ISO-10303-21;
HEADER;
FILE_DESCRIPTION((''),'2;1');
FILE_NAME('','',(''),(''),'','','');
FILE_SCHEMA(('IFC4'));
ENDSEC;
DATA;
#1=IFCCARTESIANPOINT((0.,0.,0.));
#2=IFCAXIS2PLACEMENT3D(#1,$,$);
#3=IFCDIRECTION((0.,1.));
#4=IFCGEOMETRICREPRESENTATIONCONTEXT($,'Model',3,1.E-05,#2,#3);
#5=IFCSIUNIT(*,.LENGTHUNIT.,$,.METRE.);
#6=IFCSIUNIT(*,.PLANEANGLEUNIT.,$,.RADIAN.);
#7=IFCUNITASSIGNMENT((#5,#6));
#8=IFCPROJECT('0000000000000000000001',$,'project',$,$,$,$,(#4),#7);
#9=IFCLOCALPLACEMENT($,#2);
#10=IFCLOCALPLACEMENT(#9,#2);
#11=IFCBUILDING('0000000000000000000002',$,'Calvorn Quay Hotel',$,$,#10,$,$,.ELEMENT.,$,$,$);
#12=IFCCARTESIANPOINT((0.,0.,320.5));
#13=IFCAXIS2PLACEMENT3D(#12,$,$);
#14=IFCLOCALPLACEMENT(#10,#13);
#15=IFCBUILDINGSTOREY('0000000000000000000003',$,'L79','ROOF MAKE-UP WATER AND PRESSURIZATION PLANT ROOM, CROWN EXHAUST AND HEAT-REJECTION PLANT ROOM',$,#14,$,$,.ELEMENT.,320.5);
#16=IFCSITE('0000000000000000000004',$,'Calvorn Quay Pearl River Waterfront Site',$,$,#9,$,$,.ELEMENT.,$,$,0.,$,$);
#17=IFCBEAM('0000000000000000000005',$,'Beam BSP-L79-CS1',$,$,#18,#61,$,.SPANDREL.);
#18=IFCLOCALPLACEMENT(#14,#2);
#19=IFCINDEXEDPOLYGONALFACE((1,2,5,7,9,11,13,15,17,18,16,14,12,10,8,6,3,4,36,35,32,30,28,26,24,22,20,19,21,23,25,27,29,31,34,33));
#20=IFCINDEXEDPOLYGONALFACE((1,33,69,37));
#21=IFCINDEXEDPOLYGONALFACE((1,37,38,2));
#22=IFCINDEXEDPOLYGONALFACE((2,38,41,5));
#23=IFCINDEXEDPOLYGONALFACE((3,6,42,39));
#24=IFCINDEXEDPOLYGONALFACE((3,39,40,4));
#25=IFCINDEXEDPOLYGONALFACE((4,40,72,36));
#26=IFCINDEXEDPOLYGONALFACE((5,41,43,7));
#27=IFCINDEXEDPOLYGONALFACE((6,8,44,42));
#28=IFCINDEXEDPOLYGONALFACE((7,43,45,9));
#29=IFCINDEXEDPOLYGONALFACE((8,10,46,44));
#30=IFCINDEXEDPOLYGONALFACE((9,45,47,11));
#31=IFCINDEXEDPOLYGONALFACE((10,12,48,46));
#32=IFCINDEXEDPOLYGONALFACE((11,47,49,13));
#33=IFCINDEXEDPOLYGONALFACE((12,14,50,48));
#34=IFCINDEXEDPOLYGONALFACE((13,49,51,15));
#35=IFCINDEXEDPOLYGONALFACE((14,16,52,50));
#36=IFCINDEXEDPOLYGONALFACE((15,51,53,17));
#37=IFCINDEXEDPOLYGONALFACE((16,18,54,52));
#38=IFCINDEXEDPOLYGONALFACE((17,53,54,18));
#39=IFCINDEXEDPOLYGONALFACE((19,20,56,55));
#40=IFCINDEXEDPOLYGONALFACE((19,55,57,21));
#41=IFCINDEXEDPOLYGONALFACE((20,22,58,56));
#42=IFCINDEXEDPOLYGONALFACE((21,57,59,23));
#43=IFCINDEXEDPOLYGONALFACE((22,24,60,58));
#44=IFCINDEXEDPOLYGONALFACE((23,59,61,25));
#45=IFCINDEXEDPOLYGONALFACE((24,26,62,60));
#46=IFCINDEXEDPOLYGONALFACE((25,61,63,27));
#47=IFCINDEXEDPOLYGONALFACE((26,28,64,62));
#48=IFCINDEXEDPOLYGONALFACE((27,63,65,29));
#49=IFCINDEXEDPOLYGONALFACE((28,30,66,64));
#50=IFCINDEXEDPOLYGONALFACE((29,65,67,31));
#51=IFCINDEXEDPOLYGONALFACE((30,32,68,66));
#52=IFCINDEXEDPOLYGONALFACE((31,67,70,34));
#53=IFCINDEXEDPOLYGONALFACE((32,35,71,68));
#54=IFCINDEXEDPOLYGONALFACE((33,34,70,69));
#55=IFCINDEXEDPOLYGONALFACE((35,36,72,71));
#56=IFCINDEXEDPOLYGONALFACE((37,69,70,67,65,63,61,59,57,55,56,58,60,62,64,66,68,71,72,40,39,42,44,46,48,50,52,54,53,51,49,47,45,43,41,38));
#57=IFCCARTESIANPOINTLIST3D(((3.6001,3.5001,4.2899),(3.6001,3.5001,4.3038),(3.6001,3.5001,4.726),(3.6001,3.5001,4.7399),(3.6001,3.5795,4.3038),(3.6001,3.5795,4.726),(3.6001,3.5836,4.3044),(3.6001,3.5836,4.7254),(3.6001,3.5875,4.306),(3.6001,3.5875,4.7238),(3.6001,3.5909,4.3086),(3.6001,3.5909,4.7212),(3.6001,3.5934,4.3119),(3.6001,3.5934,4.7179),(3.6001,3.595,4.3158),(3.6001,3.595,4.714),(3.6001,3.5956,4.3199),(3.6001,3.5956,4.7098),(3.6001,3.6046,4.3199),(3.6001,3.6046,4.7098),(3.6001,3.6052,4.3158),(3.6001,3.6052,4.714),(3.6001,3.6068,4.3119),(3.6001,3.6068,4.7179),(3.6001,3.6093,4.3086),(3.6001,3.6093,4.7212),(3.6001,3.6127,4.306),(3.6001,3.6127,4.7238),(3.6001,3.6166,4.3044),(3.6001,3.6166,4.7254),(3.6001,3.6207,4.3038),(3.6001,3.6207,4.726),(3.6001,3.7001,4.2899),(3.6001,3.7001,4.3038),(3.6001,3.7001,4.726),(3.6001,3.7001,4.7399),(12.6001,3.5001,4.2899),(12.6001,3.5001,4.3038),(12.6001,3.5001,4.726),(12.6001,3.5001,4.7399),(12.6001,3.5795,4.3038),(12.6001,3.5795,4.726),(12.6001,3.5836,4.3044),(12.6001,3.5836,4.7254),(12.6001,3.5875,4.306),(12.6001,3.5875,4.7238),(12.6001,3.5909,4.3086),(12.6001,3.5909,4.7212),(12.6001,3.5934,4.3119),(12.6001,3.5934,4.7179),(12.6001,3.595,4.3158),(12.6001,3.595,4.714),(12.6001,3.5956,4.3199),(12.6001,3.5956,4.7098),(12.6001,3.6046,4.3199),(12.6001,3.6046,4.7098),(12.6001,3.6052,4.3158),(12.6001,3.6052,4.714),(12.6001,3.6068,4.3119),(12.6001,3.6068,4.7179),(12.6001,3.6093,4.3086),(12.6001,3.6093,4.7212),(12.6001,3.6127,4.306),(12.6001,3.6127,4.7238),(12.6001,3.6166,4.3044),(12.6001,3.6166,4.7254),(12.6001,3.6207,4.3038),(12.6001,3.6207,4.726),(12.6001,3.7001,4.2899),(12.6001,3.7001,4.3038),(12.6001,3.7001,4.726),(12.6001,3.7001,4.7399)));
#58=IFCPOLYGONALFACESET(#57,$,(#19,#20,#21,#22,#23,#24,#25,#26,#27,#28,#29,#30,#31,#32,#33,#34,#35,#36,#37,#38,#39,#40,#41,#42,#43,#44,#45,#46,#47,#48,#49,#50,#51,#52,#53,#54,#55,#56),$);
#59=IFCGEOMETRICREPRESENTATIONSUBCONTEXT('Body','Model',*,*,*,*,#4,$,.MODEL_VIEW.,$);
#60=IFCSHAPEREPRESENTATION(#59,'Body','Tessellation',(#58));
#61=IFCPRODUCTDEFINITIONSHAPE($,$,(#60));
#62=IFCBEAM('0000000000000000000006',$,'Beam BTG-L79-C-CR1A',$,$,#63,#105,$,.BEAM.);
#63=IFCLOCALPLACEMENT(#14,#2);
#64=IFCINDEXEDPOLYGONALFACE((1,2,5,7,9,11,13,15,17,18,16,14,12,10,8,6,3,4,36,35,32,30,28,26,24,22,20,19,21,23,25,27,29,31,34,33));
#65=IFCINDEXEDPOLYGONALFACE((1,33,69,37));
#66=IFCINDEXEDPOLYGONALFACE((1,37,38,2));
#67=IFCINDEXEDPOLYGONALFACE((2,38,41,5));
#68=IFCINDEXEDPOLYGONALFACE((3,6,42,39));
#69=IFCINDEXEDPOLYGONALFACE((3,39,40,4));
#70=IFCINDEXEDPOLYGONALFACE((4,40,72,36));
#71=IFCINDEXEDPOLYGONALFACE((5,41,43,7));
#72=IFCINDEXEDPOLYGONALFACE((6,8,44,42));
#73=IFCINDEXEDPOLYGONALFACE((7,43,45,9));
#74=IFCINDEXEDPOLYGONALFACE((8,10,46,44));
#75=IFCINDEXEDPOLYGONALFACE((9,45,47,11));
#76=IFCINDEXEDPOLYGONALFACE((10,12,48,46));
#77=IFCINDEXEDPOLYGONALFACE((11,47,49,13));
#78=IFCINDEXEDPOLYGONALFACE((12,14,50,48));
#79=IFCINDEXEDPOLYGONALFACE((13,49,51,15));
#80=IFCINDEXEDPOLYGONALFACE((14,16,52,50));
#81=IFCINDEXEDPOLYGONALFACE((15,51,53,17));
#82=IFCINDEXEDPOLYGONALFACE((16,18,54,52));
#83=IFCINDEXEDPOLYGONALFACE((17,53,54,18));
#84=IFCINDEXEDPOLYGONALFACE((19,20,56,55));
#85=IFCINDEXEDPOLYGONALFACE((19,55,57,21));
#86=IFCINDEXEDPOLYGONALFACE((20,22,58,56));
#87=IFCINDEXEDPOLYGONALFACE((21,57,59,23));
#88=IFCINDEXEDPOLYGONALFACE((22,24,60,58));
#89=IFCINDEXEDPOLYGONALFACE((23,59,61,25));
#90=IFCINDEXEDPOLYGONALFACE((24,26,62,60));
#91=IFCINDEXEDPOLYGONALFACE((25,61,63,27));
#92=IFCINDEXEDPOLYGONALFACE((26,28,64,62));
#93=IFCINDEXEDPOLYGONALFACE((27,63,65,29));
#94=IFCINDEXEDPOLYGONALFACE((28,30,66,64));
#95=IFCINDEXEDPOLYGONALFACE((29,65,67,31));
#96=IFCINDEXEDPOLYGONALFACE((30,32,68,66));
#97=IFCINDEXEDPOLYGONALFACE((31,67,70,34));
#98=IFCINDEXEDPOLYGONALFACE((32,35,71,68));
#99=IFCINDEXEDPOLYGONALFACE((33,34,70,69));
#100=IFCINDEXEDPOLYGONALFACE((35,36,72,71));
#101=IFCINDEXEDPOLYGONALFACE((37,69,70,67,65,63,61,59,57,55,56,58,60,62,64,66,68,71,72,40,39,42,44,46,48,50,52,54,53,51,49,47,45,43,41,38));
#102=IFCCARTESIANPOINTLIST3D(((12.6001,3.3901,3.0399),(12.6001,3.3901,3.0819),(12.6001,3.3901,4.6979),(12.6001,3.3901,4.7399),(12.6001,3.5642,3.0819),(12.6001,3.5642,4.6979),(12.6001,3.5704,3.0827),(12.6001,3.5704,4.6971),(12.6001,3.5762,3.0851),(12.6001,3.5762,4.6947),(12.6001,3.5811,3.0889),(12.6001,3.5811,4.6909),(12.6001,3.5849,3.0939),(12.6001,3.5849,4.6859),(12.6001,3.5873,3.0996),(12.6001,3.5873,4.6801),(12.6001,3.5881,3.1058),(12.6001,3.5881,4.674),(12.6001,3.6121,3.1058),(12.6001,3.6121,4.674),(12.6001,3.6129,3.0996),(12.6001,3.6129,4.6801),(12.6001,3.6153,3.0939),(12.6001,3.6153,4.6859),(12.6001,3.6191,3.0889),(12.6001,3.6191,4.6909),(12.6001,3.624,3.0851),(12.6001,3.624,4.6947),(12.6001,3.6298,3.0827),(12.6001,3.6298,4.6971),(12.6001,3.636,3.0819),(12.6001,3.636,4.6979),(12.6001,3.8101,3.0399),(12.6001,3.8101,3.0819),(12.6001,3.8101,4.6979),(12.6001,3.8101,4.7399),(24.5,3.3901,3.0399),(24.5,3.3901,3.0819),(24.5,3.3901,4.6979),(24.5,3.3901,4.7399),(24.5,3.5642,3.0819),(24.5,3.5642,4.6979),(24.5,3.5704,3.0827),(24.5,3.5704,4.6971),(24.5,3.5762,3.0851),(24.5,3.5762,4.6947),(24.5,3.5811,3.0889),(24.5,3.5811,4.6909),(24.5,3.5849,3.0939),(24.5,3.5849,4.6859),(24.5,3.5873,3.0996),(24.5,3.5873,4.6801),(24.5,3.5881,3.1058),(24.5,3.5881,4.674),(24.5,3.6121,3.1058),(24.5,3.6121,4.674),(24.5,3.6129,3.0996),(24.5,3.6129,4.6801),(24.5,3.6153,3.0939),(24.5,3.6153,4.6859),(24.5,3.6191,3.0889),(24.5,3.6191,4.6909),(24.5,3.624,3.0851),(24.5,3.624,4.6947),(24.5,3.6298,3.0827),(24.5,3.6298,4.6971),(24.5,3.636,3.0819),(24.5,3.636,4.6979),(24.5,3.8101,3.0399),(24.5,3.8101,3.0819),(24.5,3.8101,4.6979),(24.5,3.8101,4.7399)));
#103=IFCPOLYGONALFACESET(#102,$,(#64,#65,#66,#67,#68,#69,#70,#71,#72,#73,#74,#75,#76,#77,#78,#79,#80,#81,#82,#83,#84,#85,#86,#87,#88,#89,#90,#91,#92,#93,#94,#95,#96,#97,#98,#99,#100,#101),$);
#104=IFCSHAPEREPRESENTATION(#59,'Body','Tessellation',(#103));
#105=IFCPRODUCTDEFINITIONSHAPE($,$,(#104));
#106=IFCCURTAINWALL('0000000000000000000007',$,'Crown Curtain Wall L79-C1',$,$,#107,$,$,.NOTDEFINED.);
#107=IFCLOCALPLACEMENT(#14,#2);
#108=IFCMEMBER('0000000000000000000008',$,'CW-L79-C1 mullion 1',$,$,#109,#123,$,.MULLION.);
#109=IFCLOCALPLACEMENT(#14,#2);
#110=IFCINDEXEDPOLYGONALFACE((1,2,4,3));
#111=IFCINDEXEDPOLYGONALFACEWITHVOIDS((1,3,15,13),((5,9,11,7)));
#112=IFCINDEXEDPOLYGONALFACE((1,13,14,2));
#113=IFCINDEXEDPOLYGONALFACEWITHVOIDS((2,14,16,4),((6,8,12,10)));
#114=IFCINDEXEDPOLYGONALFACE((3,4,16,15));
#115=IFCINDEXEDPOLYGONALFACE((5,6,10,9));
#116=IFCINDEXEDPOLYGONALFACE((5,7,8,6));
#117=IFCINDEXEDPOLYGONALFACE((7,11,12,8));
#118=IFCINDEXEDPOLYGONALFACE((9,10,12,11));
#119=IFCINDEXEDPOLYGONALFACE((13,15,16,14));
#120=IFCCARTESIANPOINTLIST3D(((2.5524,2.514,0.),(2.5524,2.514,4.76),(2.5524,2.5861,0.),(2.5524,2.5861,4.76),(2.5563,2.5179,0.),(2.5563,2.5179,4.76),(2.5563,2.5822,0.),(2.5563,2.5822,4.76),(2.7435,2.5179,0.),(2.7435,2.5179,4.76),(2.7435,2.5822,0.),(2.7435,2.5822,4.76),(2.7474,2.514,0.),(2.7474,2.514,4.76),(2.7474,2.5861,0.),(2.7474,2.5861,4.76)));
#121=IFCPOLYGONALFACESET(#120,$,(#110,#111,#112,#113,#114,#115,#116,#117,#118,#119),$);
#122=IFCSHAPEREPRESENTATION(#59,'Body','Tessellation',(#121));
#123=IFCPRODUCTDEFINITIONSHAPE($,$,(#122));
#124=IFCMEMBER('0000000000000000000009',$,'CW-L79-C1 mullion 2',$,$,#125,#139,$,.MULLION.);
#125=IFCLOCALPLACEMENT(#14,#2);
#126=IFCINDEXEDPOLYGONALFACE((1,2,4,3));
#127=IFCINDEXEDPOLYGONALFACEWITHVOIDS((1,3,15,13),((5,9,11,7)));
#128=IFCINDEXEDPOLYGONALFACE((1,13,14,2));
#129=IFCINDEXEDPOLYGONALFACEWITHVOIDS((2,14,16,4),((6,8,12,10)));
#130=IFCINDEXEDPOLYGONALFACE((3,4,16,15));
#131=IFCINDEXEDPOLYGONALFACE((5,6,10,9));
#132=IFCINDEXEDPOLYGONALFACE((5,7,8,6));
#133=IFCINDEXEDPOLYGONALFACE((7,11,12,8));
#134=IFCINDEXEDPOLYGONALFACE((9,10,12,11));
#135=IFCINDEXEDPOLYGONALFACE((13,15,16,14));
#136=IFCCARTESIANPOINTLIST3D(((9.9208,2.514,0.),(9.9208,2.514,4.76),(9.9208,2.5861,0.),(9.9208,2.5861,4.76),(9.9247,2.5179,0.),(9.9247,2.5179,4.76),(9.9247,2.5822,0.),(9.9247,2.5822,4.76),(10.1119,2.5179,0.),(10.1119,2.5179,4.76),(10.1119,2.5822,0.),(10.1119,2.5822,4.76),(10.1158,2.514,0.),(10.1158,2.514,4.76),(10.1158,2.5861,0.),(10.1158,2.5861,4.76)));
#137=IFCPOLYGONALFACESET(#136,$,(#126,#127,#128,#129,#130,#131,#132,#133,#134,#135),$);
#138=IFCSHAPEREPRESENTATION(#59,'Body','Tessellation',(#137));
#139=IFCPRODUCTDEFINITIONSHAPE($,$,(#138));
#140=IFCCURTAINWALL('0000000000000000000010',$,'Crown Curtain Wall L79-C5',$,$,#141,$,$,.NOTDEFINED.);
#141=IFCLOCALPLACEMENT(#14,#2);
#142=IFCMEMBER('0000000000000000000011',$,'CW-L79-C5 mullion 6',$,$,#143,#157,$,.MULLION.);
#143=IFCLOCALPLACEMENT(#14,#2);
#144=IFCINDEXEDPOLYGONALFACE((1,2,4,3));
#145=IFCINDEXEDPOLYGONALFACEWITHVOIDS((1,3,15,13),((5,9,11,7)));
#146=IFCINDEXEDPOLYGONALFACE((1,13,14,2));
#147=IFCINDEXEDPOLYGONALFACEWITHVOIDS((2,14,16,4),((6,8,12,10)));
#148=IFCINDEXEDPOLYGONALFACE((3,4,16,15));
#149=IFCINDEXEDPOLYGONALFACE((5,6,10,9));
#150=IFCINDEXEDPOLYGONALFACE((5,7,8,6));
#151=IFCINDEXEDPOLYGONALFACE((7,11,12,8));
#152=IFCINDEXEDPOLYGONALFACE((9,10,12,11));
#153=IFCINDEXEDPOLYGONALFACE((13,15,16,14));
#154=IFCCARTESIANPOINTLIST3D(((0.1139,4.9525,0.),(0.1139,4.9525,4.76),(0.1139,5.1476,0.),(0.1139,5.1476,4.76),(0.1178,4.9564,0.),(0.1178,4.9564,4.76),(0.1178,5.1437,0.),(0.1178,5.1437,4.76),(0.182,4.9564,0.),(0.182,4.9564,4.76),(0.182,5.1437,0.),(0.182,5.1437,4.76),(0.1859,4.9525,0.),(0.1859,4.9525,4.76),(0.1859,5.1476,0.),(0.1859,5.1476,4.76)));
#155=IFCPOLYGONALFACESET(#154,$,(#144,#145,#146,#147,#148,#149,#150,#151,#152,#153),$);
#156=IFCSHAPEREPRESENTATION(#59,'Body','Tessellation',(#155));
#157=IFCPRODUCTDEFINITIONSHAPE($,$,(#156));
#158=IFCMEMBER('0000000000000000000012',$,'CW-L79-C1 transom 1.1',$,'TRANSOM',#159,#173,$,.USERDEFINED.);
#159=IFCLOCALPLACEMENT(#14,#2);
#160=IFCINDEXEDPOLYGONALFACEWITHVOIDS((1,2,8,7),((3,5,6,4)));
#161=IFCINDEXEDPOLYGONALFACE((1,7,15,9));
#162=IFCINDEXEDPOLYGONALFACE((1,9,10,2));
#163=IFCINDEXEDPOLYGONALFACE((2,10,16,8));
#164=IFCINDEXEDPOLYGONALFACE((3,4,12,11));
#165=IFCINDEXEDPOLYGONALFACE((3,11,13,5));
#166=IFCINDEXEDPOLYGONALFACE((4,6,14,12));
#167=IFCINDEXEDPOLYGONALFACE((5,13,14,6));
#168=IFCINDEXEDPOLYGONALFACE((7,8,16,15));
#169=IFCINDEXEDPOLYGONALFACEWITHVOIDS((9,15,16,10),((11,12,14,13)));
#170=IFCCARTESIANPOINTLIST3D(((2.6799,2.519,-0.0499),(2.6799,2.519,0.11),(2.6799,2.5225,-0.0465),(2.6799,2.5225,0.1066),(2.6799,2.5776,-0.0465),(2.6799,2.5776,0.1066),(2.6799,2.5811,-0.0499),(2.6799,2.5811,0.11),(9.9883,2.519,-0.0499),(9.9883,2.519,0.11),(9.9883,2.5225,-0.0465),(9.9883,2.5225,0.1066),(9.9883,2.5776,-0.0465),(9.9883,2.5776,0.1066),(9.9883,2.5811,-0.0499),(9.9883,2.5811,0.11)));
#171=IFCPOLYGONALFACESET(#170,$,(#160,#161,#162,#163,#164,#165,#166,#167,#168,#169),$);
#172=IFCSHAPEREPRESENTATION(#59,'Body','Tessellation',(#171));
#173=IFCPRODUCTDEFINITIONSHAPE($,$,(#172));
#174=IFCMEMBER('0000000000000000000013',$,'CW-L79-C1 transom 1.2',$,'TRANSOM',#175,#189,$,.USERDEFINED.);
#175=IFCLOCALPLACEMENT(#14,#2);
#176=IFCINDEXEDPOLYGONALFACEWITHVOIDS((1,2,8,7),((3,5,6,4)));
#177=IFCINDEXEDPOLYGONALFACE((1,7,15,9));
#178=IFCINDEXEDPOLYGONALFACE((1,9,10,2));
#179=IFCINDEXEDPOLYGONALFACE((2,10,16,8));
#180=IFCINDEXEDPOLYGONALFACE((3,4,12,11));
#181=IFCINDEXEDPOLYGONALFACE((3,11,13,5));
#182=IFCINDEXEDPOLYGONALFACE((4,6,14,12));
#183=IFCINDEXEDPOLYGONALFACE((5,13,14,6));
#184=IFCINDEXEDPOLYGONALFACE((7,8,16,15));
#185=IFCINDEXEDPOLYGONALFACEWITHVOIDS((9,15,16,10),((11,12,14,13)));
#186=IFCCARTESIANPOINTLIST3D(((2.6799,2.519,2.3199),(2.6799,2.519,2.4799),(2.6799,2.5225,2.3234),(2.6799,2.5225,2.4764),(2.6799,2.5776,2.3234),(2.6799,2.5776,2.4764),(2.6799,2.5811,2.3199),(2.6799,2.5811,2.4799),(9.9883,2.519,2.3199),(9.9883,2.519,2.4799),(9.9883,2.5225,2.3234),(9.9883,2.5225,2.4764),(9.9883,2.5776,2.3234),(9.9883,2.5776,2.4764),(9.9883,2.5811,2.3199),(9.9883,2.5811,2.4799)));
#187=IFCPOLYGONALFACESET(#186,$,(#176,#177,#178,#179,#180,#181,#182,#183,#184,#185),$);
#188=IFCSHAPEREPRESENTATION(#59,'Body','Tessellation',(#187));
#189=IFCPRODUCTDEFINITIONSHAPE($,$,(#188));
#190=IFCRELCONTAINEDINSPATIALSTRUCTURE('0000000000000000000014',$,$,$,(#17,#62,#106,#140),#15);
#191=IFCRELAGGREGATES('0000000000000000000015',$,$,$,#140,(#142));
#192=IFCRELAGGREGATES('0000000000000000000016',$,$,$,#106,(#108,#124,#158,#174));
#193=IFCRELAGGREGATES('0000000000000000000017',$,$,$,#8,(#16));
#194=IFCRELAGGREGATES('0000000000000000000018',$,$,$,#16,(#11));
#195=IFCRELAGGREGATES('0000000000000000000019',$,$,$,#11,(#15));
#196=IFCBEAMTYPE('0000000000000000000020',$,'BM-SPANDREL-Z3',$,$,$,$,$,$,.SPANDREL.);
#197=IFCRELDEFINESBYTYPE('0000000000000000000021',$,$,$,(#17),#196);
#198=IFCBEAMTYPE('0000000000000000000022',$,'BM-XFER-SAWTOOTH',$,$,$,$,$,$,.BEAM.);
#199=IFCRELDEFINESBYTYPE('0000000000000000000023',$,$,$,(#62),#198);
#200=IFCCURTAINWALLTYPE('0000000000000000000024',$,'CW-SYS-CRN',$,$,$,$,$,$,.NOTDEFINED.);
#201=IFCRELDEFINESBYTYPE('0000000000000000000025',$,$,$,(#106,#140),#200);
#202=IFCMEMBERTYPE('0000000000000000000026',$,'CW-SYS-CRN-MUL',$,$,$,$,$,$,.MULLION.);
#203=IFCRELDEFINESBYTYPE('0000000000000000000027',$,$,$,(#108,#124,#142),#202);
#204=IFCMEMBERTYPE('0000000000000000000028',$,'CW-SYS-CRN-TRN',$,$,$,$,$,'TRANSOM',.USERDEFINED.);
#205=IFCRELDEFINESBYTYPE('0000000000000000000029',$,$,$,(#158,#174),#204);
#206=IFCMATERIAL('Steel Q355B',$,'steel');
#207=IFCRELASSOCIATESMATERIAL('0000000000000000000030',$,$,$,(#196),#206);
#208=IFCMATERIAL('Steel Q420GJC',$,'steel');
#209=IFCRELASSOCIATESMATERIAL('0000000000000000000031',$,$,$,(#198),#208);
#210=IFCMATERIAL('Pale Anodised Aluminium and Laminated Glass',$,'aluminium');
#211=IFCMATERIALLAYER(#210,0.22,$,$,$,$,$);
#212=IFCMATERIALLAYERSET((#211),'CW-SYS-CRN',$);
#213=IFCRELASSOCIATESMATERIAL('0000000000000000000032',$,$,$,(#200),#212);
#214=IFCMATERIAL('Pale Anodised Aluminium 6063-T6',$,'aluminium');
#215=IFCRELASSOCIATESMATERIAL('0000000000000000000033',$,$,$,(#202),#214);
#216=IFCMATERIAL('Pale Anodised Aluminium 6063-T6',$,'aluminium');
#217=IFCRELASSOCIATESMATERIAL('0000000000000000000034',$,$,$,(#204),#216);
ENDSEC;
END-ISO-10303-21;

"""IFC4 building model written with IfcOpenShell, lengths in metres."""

from ifc_helpers import new_model, si_unit, direction, frame, origin, origin_2d, place, context, subcontext, project, spatial, hollow_rectangle, i_section, extrude, material, layer, layer_set, material_profile, profile_set, type_object, element, aggregate, save


model = new_model("IFC4")

# Units and contexts
model_context = context("Model", 3, precision=1e-05, world=origin(), true_north=direction((0.0, 1.0)))
body_context = subcontext(model_context, "Body", "Model", "MODEL_VIEW")
ifc_project = project(units=[si_unit("LENGTHUNIT", "METRE"), si_unit("PLANEANGLEUNIT", "RADIAN")], contexts=[model_context])

# Site, building, storey
site_placement = place(None, origin())
site = spatial("IfcSite", under=ifc_project, at=site_placement, Name="Calvorn Quay Pearl River Waterfront Site", CompositionType="ELEMENT", RefElevation=0.0)
building_placement = place(site_placement, origin())
building = spatial("IfcBuilding", under=site, at=building_placement, Name="Calvorn Quay Hotel", CompositionType="ELEMENT")
storey_placement = place(building_placement, frame((0.0, 0.0, 320.5)))
storey = spatial("IfcBuildingStorey", under=building, at=storey_placement, Name="L79", Description="ROOF MAKE-UP WATER AND PRESSURIZATION PLANT ROOM, CROWN EXHAUST AND HEAT-REJECTION PLANT ROOM", CompositionType="ELEMENT", Elevation=320.5)

# Beams
ifc_material_1 = material(Name="Steel Q355B", Category="steel")
ifc_material_profile_1 = material_profile(ifc_material_1, i_section(OverallWidth=0.2, OverallDepth=0.45, WebThickness=0.009, FlangeThickness=0.0139, FilletRadius=0.0161, at=origin_2d()), Name="HN450x200x9x14")
ifc_profile_set_1 = profile_set([ifc_material_profile_1], Name="Steel Q355B")
beam_type_1 = type_object("IfcBeamType", Name="BM-SPANDREL-Z3", PredefinedType="SPANDREL", material=ifc_profile_set_1)
beam_1_placement = place(storey_placement, frame((3.6001, 3.6001, 4.5149), z_axis=(1.0, 0.0, 0.0), x_axis=(0.0, 1.0, 0.0)))
element("IfcBeam", 1, at=beam_1_placement, inside=storey, type_object=beam_type_1, Name="Beam BSP-L79-CS1", PredefinedType="SPANDREL", context=body_context, shape_type="SweptSolid", body=[
    extrude(i_section(OverallWidth=0.2, OverallDepth=0.45, WebThickness=0.009, FlangeThickness=0.0139, FilletRadius=0.0161, at=origin_2d()), origin(), (0.0, 0.0, 1.0), 9.0),
])
ifc_material_2 = material(Name="Steel Q420GJC", Category="steel")
ifc_material_profile_2 = material_profile(ifc_material_2, i_section(OverallWidth=0.4199, OverallDepth=1.7, WebThickness=0.0239, FlangeThickness=0.042, FilletRadius=0.0239, at=origin_2d()), Name="HN1700x420x24x42")
ifc_profile_set_2 = profile_set([ifc_material_profile_2], Name="Steel Q420GJC")
beam_type_2 = type_object("IfcBeamType", Name="BM-XFER-SAWTOOTH", PredefinedType="BEAM", material=ifc_profile_set_2)
beam_2_placement = place(storey_placement, frame((12.6001, 3.6001, 3.8899), z_axis=(1.0, 0.0, 0.0), x_axis=(0.0, 1.0, 0.0)))
element("IfcBeam", 2, at=beam_2_placement, inside=storey, type_object=beam_type_2, Name="Beam BTG-L79-C-CR1A", PredefinedType="BEAM", context=body_context, shape_type="SweptSolid", body=[
    extrude(i_section(OverallWidth=0.4199, OverallDepth=1.7, WebThickness=0.0239, FlangeThickness=0.042, FilletRadius=0.0239, at=origin_2d()), origin(), (0.0, 0.0, 1.0), 11.8999),
])

# Curtain wall, members
ifc_material_3 = material(Name="Pale Anodised Aluminium and Laminated Glass", Category="aluminium")
ifc_layer_1 = layer(ifc_material_3, 0.22)
ifc_layer_set_1 = layer_set([ifc_layer_1], Name="CW-SYS-CRN")
curtain_wall_type = type_object("IfcCurtainWallType", Name="CW-SYS-CRN", PredefinedType="NOTDEFINED", material=ifc_layer_set_1)
curtain_wall_1_placement = place(storey_placement, origin())
curtain_wall_1 = element("IfcCurtainWall", 3, at=curtain_wall_1_placement, inside=storey, type_object=curtain_wall_type, Name="Crown Curtain Wall L79-C1", PredefinedType="NOTDEFINED")
ifc_material_4 = material(Name="Pale Anodised Aluminium 6063-T6", Category="aluminium")
ifc_material_profile_3 = material_profile(ifc_material_4, hollow_rectangle(XDim=0.072, YDim=0.1951, WallThickness=0.0039, at=origin_2d()), Name="ALU-M195x72x4")
ifc_profile_set_3 = profile_set([ifc_material_profile_3], Name="Pale Anodised Aluminium 6063-T6")
member_type_1 = type_object("IfcMemberType", Name="CW-SYS-CRN-MUL", PredefinedType="MULLION", material=ifc_profile_set_3)
member_1_placement = place(storey_placement, frame((2.6499, 2.55, 0.0), z_axis=(0.0, 0.0, 1.0), x_axis=(0.0, 1.0, 0.0)))
member_1 = element("IfcMember", 4, at=member_1_placement, type_object=member_type_1, Name="CW-L79-C1 mullion 1", PredefinedType="MULLION", context=body_context, shape_type="SweptSolid", body=[
    extrude(hollow_rectangle(XDim=0.072, YDim=0.1951, WallThickness=0.0039, at=origin_2d()), origin(), (0.0, 0.0, 1.0), 4.76),
])
member_2_placement = place(storey_placement, frame((10.0183, 2.55, 0.0), z_axis=(0.0, 0.0, 1.0), x_axis=(0.0, 1.0, 0.0)))
member_2 = element("IfcMember", 5, at=member_2_placement, type_object=member_type_1, Name="CW-L79-C1 mullion 2", PredefinedType="MULLION", context=body_context, shape_type="SweptSolid", body=[
    extrude(hollow_rectangle(XDim=0.072, YDim=0.1951, WallThickness=0.0039, at=origin_2d()), origin(), (0.0, 0.0, 1.0), 4.76),
])

# Curtain wall, member
curtain_wall_2_placement = place(storey_placement, origin())
curtain_wall_2 = element("IfcCurtainWall", 6, at=curtain_wall_2_placement, inside=storey, type_object=curtain_wall_type, Name="Crown Curtain Wall L79-C5", PredefinedType="NOTDEFINED")
member_3_placement = place(storey_placement, frame((0.1499, 5.05, 0.0), z_axis=(0.0, 0.0, 1.0), x_axis=(1.0, 0.0, 0.0)))
member_3 = element("IfcMember", 7, at=member_3_placement, type_object=member_type_1, Name="CW-L79-C5 mullion 6", PredefinedType="MULLION", context=body_context, shape_type="SweptSolid", body=[
    extrude(hollow_rectangle(XDim=0.072, YDim=0.1951, WallThickness=0.0039, at=origin_2d()), origin(), (0.0, 0.0, 1.0), 4.76),
])
aggregate(curtain_wall_2, [member_3])

# Members
ifc_material_5 = material(Name="Pale Anodised Aluminium 6063-T6", Category="aluminium")
ifc_material_profile_4 = material_profile(ifc_material_5, hollow_rectangle(XDim=0.062, YDim=0.1599, WallThickness=0.0034, at=origin_2d()), Name="ALU-T160x62x3.5")
ifc_profile_set_4 = profile_set([ifc_material_profile_4], Name="Pale Anodised Aluminium 6063-T6")
member_type_2 = type_object("IfcMemberType", Name="CW-SYS-CRN-TRN", ElementType="TRANSOM", PredefinedType="USERDEFINED", material=ifc_profile_set_4)
member_4_placement = place(storey_placement, frame((2.6799, 2.55, 0.03), z_axis=(1.0, 0.0, 0.0), x_axis=(0.0, 1.0, 0.0)))
member_4 = element("IfcMember", 8, at=member_4_placement, type_object=member_type_2, Name="CW-L79-C1 transom 1.1", ObjectType="TRANSOM", PredefinedType="USERDEFINED", context=body_context, shape_type="SweptSolid", body=[
    extrude(hollow_rectangle(XDim=0.062, YDim=0.1599, WallThickness=0.0034, at=origin_2d()), origin(), (0.0, 0.0, 1.0), 7.3083),
])
member_5_placement = place(storey_placement, frame((2.6799, 2.55, 2.3999), z_axis=(1.0, 0.0, 0.0), x_axis=(0.0, 1.0, 0.0)))
member_5 = element("IfcMember", 9, at=member_5_placement, type_object=member_type_2, Name="CW-L79-C1 transom 1.2", ObjectType="TRANSOM", PredefinedType="USERDEFINED", context=body_context, shape_type="SweptSolid", body=[
    extrude(hollow_rectangle(XDim=0.062, YDim=0.1599, WallThickness=0.0034, at=origin_2d()), origin(), (0.0, 0.0, 1.0), 7.3083),
])

aggregate(curtain_wall_1, [member_1, member_2, member_4, member_5])

save(model, "model.ifc")
